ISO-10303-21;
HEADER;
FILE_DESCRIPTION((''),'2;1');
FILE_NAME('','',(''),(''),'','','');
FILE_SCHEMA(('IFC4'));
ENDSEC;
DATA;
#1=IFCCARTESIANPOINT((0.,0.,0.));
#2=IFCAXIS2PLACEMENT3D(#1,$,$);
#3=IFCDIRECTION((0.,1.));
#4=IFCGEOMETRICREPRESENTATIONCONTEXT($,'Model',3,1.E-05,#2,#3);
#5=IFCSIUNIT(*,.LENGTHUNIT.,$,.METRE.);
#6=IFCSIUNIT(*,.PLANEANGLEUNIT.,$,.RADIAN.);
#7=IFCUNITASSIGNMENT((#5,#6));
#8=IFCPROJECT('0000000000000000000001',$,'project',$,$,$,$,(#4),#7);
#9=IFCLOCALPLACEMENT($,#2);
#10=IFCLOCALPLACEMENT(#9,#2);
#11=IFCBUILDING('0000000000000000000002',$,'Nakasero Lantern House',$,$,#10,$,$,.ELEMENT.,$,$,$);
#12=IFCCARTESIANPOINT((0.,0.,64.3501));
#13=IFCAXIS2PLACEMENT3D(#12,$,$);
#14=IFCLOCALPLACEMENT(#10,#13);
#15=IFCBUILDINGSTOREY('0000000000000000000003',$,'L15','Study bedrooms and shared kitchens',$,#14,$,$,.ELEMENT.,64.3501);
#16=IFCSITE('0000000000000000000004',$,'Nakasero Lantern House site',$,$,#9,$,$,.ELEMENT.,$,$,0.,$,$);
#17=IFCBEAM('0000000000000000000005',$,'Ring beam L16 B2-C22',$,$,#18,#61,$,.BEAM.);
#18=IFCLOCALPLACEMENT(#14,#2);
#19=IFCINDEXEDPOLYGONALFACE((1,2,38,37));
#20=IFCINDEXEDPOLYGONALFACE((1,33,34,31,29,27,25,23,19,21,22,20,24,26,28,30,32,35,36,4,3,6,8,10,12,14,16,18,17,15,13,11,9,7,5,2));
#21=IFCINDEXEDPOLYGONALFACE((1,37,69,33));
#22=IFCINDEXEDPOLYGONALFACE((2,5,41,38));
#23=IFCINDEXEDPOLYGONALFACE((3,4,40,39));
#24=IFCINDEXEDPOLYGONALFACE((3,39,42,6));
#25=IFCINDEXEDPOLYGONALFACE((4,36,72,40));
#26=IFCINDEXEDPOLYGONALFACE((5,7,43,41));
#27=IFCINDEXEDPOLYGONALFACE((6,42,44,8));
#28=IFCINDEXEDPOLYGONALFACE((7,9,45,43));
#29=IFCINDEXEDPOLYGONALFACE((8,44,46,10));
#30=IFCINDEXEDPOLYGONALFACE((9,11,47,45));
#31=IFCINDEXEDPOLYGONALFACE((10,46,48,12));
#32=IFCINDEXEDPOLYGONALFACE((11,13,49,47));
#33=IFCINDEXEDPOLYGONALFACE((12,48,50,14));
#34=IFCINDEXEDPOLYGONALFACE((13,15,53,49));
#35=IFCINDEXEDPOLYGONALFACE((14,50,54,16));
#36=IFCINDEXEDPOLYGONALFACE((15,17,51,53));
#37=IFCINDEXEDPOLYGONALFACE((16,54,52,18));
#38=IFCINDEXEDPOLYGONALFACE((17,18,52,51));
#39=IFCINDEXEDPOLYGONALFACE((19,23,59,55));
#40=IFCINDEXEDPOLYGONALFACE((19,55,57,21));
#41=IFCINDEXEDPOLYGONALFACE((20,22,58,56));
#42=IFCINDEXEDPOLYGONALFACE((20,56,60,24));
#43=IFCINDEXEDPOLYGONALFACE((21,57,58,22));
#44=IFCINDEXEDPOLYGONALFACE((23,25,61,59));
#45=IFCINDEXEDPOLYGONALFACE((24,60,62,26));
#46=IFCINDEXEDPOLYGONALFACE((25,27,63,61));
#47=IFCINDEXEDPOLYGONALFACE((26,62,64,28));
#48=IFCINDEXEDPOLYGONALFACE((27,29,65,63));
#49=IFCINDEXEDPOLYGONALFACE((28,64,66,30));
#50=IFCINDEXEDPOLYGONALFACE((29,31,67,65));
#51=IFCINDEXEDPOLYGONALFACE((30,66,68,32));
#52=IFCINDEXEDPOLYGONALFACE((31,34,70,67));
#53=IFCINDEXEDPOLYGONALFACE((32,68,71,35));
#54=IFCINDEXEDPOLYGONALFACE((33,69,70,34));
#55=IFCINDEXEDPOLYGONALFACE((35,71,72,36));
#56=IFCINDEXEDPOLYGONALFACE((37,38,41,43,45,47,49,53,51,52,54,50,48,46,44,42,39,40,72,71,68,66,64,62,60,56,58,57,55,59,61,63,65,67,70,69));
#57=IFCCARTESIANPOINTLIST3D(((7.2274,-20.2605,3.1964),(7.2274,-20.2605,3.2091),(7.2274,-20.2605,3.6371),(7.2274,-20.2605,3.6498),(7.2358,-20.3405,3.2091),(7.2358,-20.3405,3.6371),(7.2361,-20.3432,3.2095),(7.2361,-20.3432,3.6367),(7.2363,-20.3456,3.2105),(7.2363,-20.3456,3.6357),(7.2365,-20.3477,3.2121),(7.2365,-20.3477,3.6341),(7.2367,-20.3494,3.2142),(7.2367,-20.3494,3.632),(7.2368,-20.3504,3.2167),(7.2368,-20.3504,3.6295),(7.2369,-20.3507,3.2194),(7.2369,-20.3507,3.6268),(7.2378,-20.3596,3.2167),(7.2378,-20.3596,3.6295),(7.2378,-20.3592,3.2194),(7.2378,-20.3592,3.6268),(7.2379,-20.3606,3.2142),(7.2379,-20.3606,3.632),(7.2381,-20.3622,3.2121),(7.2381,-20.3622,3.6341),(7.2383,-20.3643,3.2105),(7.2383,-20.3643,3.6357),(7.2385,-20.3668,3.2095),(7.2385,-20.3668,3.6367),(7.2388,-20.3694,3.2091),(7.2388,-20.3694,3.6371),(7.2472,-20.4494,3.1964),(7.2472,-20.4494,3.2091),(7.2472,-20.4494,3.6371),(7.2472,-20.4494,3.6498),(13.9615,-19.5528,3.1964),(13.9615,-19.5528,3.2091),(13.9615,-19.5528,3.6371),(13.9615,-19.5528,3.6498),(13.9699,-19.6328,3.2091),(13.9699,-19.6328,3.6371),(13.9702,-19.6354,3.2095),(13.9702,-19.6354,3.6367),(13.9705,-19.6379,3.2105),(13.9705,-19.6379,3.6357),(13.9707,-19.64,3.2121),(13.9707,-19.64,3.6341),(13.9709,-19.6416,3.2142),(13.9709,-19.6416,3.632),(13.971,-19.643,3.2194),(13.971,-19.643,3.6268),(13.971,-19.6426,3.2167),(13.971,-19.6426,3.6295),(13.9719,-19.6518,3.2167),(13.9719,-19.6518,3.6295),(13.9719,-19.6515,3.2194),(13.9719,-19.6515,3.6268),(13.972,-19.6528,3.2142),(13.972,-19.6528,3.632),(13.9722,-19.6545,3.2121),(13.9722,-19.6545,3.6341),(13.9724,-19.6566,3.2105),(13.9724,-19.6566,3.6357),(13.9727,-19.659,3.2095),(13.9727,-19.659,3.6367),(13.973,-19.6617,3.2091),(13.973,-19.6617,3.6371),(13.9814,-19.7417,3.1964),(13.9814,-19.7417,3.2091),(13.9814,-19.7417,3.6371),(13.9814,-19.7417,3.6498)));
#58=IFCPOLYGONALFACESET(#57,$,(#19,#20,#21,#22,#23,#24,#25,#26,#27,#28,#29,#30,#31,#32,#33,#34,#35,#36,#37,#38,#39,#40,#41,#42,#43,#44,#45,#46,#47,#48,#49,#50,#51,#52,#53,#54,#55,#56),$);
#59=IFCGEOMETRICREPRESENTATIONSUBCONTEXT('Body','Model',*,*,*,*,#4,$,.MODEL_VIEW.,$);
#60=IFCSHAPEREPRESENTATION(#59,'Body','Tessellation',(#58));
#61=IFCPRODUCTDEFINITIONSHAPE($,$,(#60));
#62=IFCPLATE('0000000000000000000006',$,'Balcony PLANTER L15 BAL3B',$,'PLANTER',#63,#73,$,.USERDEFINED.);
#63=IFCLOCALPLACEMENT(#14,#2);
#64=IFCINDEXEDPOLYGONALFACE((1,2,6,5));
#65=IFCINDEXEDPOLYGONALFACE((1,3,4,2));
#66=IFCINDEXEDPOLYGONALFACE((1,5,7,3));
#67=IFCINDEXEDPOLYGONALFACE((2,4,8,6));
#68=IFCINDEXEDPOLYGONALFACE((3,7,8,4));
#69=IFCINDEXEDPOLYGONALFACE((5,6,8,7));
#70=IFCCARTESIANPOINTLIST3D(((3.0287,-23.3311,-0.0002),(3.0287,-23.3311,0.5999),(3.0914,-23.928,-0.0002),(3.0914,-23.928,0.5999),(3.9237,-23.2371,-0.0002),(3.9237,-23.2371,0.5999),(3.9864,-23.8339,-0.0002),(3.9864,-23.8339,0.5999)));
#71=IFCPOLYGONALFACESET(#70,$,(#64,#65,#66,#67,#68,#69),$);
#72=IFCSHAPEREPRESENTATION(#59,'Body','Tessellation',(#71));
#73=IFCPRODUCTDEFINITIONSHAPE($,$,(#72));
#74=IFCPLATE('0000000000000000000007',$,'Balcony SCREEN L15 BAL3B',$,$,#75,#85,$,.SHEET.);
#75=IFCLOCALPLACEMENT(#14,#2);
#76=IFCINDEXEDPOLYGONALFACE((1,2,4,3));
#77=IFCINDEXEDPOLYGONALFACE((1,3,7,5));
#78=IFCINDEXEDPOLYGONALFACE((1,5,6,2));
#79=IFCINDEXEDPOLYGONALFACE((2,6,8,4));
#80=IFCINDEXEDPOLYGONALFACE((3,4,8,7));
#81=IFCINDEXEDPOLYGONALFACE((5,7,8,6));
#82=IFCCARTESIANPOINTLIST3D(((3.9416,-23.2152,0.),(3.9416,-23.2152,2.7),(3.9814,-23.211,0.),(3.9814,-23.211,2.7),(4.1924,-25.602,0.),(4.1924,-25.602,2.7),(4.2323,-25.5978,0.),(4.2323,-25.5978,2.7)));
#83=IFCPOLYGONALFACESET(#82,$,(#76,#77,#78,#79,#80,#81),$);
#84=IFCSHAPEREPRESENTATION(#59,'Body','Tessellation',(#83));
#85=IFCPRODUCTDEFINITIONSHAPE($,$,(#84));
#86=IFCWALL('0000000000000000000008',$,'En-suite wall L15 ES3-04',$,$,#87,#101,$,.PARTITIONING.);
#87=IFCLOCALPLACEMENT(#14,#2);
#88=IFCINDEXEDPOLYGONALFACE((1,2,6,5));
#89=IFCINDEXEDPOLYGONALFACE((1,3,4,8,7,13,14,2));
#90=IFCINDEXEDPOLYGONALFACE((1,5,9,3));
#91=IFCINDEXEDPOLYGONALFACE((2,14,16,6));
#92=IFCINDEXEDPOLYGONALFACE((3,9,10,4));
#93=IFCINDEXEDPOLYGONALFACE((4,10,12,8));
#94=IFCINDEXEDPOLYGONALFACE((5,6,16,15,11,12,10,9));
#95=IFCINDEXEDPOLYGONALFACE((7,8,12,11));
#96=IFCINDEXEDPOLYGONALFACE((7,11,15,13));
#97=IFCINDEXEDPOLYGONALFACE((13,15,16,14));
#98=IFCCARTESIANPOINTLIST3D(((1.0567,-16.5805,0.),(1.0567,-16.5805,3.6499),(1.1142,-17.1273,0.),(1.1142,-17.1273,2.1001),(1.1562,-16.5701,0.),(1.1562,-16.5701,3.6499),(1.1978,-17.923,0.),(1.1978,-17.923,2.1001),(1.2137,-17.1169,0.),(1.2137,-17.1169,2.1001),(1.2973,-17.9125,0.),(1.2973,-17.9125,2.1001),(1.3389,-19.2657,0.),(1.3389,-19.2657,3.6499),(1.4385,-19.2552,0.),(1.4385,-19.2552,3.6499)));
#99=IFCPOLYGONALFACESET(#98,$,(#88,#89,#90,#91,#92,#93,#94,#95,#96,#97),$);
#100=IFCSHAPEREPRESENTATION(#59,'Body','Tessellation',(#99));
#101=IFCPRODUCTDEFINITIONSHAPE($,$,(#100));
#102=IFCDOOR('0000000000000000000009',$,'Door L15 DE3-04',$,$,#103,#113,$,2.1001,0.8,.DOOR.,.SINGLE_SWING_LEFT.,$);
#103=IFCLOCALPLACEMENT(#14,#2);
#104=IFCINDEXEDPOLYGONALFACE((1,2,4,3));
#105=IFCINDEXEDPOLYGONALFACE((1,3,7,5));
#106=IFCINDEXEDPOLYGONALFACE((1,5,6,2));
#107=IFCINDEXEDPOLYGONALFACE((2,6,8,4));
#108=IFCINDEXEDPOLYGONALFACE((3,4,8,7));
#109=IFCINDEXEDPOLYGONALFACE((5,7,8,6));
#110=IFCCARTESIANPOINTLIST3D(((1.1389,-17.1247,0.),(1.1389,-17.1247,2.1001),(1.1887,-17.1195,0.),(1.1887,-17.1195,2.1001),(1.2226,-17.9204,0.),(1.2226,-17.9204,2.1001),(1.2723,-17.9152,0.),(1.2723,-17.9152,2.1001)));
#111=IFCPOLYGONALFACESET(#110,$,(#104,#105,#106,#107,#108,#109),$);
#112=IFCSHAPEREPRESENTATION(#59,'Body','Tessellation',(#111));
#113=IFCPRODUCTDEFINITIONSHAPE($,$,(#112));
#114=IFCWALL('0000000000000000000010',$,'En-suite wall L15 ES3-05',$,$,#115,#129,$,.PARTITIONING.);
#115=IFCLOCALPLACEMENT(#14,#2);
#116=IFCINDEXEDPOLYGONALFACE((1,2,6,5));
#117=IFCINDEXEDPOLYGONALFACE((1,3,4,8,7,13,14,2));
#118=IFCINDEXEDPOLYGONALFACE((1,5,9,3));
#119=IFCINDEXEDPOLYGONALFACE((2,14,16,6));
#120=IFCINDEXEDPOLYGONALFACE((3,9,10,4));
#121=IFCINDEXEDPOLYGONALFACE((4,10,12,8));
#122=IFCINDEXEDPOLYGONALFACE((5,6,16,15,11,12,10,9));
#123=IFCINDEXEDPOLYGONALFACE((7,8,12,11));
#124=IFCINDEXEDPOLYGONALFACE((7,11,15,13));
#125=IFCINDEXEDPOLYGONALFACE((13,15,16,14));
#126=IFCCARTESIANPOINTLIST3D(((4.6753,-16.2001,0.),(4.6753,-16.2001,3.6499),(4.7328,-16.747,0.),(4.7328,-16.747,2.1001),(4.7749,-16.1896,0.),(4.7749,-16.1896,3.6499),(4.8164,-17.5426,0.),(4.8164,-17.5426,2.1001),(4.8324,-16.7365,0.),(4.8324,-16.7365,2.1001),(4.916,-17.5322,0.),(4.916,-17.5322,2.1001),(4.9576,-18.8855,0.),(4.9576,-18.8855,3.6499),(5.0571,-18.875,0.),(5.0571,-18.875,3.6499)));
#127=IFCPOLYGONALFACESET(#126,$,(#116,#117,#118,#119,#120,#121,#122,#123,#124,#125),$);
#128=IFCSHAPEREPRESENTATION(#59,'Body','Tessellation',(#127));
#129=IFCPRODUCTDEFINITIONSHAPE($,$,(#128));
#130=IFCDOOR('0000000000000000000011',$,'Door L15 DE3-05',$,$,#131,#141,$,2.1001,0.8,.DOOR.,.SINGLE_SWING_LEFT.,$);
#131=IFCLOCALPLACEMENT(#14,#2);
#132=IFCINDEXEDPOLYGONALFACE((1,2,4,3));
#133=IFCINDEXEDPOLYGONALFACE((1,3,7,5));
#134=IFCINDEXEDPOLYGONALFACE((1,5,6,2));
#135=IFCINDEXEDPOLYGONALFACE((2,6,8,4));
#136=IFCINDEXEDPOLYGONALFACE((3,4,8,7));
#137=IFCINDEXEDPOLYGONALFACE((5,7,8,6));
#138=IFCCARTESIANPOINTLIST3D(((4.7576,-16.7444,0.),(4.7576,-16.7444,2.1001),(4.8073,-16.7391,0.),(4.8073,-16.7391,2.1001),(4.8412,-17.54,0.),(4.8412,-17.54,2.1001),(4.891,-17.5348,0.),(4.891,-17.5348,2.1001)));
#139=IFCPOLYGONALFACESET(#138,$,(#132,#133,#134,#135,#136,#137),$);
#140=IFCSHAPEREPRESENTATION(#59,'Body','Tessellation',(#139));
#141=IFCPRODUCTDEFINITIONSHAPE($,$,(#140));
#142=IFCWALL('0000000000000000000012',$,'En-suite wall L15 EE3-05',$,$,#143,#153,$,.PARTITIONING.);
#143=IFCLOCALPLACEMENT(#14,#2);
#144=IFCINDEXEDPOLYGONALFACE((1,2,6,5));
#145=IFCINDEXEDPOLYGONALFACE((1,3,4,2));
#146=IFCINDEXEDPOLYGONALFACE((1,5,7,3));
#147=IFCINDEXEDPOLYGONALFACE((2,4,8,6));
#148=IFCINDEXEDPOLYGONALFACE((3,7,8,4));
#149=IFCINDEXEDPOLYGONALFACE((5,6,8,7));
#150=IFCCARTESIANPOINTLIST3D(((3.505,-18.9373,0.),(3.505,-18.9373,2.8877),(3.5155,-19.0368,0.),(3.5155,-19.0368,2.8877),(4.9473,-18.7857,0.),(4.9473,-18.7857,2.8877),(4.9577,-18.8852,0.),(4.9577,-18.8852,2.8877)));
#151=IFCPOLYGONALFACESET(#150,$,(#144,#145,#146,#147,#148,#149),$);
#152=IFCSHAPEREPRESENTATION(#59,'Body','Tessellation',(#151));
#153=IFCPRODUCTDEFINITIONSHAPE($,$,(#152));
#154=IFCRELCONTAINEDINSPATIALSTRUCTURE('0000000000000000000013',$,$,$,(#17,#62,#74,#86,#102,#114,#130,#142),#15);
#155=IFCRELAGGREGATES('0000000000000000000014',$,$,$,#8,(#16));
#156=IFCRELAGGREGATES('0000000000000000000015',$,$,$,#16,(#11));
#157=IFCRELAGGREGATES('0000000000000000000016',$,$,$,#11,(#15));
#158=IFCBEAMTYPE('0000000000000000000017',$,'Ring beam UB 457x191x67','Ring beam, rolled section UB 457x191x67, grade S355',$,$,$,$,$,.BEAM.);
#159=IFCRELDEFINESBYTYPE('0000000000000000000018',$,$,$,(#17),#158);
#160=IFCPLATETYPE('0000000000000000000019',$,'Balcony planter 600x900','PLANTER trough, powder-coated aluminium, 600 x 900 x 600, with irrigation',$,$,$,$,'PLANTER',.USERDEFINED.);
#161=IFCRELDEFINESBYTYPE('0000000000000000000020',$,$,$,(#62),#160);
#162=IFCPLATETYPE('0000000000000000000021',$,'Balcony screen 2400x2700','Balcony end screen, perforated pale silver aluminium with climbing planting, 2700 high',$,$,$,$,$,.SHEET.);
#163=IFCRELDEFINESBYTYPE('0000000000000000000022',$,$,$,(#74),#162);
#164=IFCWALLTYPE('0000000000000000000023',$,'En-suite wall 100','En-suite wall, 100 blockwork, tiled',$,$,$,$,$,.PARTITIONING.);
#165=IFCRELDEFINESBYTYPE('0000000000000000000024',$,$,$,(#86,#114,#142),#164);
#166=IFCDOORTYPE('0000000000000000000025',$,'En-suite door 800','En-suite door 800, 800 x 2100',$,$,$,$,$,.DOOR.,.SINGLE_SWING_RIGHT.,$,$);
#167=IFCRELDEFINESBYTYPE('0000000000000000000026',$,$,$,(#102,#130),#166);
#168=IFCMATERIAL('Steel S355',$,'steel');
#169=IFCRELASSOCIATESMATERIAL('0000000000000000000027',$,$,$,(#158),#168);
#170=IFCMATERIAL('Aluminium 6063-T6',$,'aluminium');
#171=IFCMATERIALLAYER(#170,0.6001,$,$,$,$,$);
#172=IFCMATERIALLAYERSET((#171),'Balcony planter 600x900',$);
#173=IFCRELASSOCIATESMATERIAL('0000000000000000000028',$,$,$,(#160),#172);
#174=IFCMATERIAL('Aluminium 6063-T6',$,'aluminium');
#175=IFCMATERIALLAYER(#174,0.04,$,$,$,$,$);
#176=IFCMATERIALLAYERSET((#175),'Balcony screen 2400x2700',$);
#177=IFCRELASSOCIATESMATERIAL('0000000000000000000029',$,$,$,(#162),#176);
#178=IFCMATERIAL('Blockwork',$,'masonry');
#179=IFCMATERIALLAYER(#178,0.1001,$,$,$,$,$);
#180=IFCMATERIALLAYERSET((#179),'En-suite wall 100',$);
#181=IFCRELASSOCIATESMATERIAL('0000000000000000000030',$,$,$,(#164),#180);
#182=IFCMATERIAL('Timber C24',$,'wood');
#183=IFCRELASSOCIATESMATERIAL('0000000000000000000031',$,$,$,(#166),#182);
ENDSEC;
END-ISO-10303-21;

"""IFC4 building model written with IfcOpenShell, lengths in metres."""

from ifc_helpers import new_model, si_unit, direction, frame, frame_2d, origin, origin_2d, place, context, subcontext, project, spatial, rectangle, i_section, extrude, material, layer, layer_set, material_profile, profile_set, type_object, element, fill, save


model = new_model("IFC4")

# Units and contexts
model_context = context("Model", 3, precision=1e-05, world=origin(), true_north=direction((0.0, 1.0)))
body_context = subcontext(model_context, "Body", "Model", "MODEL_VIEW")
ifc_project = project(units=[si_unit("LENGTHUNIT", "METRE"), si_unit("PLANEANGLEUNIT", "RADIAN")], contexts=[model_context])

# Site, building, storey
site_placement = place(None, origin())
site = spatial("IfcSite", under=ifc_project, at=site_placement, Name="Nakasero Lantern House site", CompositionType="ELEMENT", RefElevation=0.0)
building_placement = place(site_placement, origin())
building = spatial("IfcBuilding", under=site, at=building_placement, Name="Nakasero Lantern House", CompositionType="ELEMENT")
storey_placement = place(building_placement, frame((0.0, 0.0, 64.3501)))
storey = spatial("IfcBuildingStorey", under=building, at=storey_placement, Name="L15", Description="Study bedrooms and shared kitchens", CompositionType="ELEMENT", Elevation=64.3501)

# Beam
ifc_material_1 = material(Name="Steel S355", Category="steel")
ifc_material_profile_1 = material_profile(ifc_material_1, i_section(OverallWidth=0.1899, OverallDepth=0.4534, WebThickness=0.0085, FlangeThickness=0.0127, FilletRadius=0.0103, at=origin_2d()), Name="UB 457x191x67")
ifc_profile_set_1 = profile_set([ifc_material_profile_1], Name="Steel S355")
beam_type_1 = type_object("IfcBeamType", Name="Ring beam UB 457x191x67", Description="Ring beam, rolled section UB 457x191x67, grade S355", PredefinedType="BEAM", material=ifc_profile_set_1)
beam_1_placement = place(storey_placement, frame((7.2373, -20.355, 3.4231), z_axis=(0.994522, 0.104525, 0.0), x_axis=(-0.104525, 0.994522, 0.0)))
element("IfcBeam", 1, at=beam_1_placement, inside=storey, type_object=beam_type_1, Name="Ring beam L16 B2-C22", PredefinedType="BEAM", context=body_context, shape_type="SweptSolid", body=[
    extrude(i_section(OverallWidth=0.1899, OverallDepth=0.4534, WebThickness=0.0085, FlangeThickness=0.0127, FilletRadius=0.0103, at=origin_2d()), origin(), (0.0, 0.0, 1.0), 6.7712),
])

# Plates
ifc_material_2 = material(Name="Aluminium 6063-T6", Category="aluminium")
ifc_layer_1 = layer(ifc_material_2, 0.6001)
ifc_layer_set_1 = layer_set([ifc_layer_1], Name="Balcony planter 600x900")
plate_type_1 = type_object("IfcPlateType", Name="Balcony planter 600x900", Description="PLANTER trough, powder-coated aluminium, 600 x 900 x 600, with irrigation", ElementType="PLANTER", PredefinedType="USERDEFINED", material=ifc_layer_set_1)
plate_1_placement = place(storey_placement, frame((3.5076, -23.5825, -0.0002), z_axis=(0.0, 0.0, 1.0), x_axis=(0.104528, -0.994522, 0.0)))
element("IfcPlate", 2, at=plate_1_placement, inside=storey, type_object=plate_type_1, Name="Balcony PLANTER L15 BAL3B", ObjectType="PLANTER", PredefinedType="USERDEFINED", context=body_context, shape_type="SweptSolid", body=[
    extrude(rectangle(XDim=0.6001, YDim=0.8999, at=origin_2d()), origin(), (0.0, 0.0, 1.0), 0.6001),
])
ifc_material_3 = material(Name="Aluminium 6063-T6", Category="aluminium")
ifc_layer_2 = layer(ifc_material_3, 0.04)
ifc_layer_set_2 = layer_set([ifc_layer_2], Name="Balcony screen 2400x2700")
plate_type_2 = type_object("IfcPlateType", Name="Balcony screen 2400x2700", Description="Balcony end screen, perforated pale silver aluminium with climbing planting, 2700 high", PredefinedType="SHEET", material=ifc_layer_set_2)
plate_2_placement = place(storey_placement, frame((4.0869, -24.4065, 0.0), z_axis=(0.0, 0.0, 1.0), x_axis=(0.104528, -0.994522, 0.0)))
element("IfcPlate", 3, at=plate_2_placement, inside=storey, type_object=plate_type_2, Name="Balcony SCREEN L15 BAL3B", PredefinedType="SHEET", context=body_context, shape_type="SweptSolid", body=[
    extrude(rectangle(XDim=2.3999, YDim=0.04, at=origin_2d()), origin(), (0.0, 0.0, 1.0), 2.7),
])

# Walls, openings, doors
ifc_material_4 = material(Name="Blockwork", Category="masonry")
ifc_layer_3 = layer(ifc_material_4, 0.1001)
ifc_layer_set_3 = layer_set([ifc_layer_3], Name="En-suite wall 100")
wall_type_1 = type_object("IfcWallType", Name="En-suite wall 100", Description="En-suite wall, 100 blockwork, tiled", PredefinedType="PARTITIONING", material=ifc_layer_set_3)
wall_1_placement = place(storey_placement, frame((1.1064, -16.5752, 0.0), z_axis=(0.0, 0.0, 1.0), x_axis=(0.104534, -0.994521, 0.0)))
wall_1 = element("IfcWall", 4, at=wall_1_placement, inside=storey, type_object=wall_type_1, Name="En-suite wall L15 ES3-04", PredefinedType="PARTITIONING", context=body_context, shape_type="SweptSolid", body=[
    extrude(rectangle(XDim=2.7, YDim=0.1001, at=frame_2d((1.3501, 0.0))), origin(), (0.0, 0.0, 1.0), 3.6499),
])
opening_1_placement = place(wall_1_placement, frame((0.55, 0.0, 0.0)))
opening_1 = element("IfcOpeningElement", 5, at=opening_1_placement, cuts=wall_1, PredefinedType="OPENING", context=body_context, shape_type="SweptSolid", body=[
    extrude(rectangle(XDim=0.8, YDim=2.1001, at=frame_2d((0.3999, 1.05))), frame((0.0, 0.0701, 0.0), z_axis=(0.0, -1.0, 0.0), x_axis=(1.0, 0.0, 0.0)), (0.0, 0.0, 1.0), 0.1401),
])
ifc_material_5 = material(Name="Timber C24", Category="wood")
door_type_1 = type_object("IfcDoorType", Name="En-suite door 800", Description="En-suite door 800, 800 x 2100", OperationType="SINGLE_SWING_RIGHT", PredefinedType="DOOR", material=ifc_material_5)
door_1_placement = place(opening_1_placement, origin())
door_1 = element("IfcDoor", 6, at=door_1_placement, inside=storey, type_object=door_type_1, Name="Door L15 DE3-04", OperationType="SINGLE_SWING_LEFT", OverallHeight=2.1001, OverallWidth=0.8, PredefinedType="DOOR", context=body_context, shape_type="SweptSolid", body=[
    extrude(rectangle(XDim=0.8, YDim=2.1001, at=frame_2d((0.3999, 1.05))), frame((0.0, 0.0249, 0.0), z_axis=(0.0, -1.0, 0.0), x_axis=(1.0, 0.0, 0.0)), (0.0, 0.0, 1.0), 0.05),
])
fill(opening_1, door_1)
wall_2_placement = place(storey_placement, frame((4.7251, -16.1948, 0.0), z_axis=(0.0, 0.0, 1.0), x_axis=(0.104525, -0.994522, 0.0)))
wall_2 = element("IfcWall", 7, at=wall_2_placement, inside=storey, type_object=wall_type_1, Name="En-suite wall L15 ES3-05", PredefinedType="PARTITIONING", context=body_context, shape_type="SweptSolid", body=[
    extrude(rectangle(XDim=2.7002, YDim=0.1001, at=frame_2d((1.3501, 0.0))), origin(), (0.0, 0.0, 1.0), 3.6499),
])
opening_2_placement = place(wall_2_placement, frame((0.55, 0.0, 0.0)))
opening_2 = element("IfcOpeningElement", 8, at=opening_2_placement, cuts=wall_2, PredefinedType="OPENING", context=body_context, shape_type="SweptSolid", body=[
    extrude(rectangle(XDim=0.8, YDim=2.1001, at=frame_2d((0.3999, 1.05))), frame((0.0, 0.0701, 0.0), z_axis=(0.0, -1.0, 0.0), x_axis=(1.0, 0.0, 0.0)), (0.0, 0.0, 1.0), 0.1401),
])
door_2_placement = place(opening_2_placement, origin())
door_2 = element("IfcDoor", 9, at=door_2_placement, inside=storey, type_object=door_type_1, Name="Door L15 DE3-05", OperationType="SINGLE_SWING_LEFT", OverallHeight=2.1001, OverallWidth=0.8, PredefinedType="DOOR", context=body_context, shape_type="SweptSolid", body=[
    extrude(rectangle(XDim=0.8, YDim=2.1001, at=frame_2d((0.3999, 1.05))), frame((0.0, 0.0249, 0.0), z_axis=(0.0, -1.0, 0.0), x_axis=(1.0, 0.0, 0.0)), (0.0, 0.0, 1.0), 0.05),
])
fill(opening_2, door_2)

# Wall
wall_3_placement = place(storey_placement, frame((3.5103, -18.9871, 0.0), z_axis=(0.0, 0.0, 1.0), x_axis=(0.994519, 0.104553, 0.0)))
element("IfcWall", 10, at=wall_3_placement, inside=storey, type_object=wall_type_1, Name="En-suite wall L15 EE3-05", PredefinedType="PARTITIONING", context=body_context, shape_type="SweptSolid", body=[
    extrude(rectangle(XDim=1.4502, YDim=0.1001, at=frame_2d((0.7251, 0.0))), origin(), (0.0, 0.0, 1.0), 2.8877),
])

save(model, "model.ifc")
